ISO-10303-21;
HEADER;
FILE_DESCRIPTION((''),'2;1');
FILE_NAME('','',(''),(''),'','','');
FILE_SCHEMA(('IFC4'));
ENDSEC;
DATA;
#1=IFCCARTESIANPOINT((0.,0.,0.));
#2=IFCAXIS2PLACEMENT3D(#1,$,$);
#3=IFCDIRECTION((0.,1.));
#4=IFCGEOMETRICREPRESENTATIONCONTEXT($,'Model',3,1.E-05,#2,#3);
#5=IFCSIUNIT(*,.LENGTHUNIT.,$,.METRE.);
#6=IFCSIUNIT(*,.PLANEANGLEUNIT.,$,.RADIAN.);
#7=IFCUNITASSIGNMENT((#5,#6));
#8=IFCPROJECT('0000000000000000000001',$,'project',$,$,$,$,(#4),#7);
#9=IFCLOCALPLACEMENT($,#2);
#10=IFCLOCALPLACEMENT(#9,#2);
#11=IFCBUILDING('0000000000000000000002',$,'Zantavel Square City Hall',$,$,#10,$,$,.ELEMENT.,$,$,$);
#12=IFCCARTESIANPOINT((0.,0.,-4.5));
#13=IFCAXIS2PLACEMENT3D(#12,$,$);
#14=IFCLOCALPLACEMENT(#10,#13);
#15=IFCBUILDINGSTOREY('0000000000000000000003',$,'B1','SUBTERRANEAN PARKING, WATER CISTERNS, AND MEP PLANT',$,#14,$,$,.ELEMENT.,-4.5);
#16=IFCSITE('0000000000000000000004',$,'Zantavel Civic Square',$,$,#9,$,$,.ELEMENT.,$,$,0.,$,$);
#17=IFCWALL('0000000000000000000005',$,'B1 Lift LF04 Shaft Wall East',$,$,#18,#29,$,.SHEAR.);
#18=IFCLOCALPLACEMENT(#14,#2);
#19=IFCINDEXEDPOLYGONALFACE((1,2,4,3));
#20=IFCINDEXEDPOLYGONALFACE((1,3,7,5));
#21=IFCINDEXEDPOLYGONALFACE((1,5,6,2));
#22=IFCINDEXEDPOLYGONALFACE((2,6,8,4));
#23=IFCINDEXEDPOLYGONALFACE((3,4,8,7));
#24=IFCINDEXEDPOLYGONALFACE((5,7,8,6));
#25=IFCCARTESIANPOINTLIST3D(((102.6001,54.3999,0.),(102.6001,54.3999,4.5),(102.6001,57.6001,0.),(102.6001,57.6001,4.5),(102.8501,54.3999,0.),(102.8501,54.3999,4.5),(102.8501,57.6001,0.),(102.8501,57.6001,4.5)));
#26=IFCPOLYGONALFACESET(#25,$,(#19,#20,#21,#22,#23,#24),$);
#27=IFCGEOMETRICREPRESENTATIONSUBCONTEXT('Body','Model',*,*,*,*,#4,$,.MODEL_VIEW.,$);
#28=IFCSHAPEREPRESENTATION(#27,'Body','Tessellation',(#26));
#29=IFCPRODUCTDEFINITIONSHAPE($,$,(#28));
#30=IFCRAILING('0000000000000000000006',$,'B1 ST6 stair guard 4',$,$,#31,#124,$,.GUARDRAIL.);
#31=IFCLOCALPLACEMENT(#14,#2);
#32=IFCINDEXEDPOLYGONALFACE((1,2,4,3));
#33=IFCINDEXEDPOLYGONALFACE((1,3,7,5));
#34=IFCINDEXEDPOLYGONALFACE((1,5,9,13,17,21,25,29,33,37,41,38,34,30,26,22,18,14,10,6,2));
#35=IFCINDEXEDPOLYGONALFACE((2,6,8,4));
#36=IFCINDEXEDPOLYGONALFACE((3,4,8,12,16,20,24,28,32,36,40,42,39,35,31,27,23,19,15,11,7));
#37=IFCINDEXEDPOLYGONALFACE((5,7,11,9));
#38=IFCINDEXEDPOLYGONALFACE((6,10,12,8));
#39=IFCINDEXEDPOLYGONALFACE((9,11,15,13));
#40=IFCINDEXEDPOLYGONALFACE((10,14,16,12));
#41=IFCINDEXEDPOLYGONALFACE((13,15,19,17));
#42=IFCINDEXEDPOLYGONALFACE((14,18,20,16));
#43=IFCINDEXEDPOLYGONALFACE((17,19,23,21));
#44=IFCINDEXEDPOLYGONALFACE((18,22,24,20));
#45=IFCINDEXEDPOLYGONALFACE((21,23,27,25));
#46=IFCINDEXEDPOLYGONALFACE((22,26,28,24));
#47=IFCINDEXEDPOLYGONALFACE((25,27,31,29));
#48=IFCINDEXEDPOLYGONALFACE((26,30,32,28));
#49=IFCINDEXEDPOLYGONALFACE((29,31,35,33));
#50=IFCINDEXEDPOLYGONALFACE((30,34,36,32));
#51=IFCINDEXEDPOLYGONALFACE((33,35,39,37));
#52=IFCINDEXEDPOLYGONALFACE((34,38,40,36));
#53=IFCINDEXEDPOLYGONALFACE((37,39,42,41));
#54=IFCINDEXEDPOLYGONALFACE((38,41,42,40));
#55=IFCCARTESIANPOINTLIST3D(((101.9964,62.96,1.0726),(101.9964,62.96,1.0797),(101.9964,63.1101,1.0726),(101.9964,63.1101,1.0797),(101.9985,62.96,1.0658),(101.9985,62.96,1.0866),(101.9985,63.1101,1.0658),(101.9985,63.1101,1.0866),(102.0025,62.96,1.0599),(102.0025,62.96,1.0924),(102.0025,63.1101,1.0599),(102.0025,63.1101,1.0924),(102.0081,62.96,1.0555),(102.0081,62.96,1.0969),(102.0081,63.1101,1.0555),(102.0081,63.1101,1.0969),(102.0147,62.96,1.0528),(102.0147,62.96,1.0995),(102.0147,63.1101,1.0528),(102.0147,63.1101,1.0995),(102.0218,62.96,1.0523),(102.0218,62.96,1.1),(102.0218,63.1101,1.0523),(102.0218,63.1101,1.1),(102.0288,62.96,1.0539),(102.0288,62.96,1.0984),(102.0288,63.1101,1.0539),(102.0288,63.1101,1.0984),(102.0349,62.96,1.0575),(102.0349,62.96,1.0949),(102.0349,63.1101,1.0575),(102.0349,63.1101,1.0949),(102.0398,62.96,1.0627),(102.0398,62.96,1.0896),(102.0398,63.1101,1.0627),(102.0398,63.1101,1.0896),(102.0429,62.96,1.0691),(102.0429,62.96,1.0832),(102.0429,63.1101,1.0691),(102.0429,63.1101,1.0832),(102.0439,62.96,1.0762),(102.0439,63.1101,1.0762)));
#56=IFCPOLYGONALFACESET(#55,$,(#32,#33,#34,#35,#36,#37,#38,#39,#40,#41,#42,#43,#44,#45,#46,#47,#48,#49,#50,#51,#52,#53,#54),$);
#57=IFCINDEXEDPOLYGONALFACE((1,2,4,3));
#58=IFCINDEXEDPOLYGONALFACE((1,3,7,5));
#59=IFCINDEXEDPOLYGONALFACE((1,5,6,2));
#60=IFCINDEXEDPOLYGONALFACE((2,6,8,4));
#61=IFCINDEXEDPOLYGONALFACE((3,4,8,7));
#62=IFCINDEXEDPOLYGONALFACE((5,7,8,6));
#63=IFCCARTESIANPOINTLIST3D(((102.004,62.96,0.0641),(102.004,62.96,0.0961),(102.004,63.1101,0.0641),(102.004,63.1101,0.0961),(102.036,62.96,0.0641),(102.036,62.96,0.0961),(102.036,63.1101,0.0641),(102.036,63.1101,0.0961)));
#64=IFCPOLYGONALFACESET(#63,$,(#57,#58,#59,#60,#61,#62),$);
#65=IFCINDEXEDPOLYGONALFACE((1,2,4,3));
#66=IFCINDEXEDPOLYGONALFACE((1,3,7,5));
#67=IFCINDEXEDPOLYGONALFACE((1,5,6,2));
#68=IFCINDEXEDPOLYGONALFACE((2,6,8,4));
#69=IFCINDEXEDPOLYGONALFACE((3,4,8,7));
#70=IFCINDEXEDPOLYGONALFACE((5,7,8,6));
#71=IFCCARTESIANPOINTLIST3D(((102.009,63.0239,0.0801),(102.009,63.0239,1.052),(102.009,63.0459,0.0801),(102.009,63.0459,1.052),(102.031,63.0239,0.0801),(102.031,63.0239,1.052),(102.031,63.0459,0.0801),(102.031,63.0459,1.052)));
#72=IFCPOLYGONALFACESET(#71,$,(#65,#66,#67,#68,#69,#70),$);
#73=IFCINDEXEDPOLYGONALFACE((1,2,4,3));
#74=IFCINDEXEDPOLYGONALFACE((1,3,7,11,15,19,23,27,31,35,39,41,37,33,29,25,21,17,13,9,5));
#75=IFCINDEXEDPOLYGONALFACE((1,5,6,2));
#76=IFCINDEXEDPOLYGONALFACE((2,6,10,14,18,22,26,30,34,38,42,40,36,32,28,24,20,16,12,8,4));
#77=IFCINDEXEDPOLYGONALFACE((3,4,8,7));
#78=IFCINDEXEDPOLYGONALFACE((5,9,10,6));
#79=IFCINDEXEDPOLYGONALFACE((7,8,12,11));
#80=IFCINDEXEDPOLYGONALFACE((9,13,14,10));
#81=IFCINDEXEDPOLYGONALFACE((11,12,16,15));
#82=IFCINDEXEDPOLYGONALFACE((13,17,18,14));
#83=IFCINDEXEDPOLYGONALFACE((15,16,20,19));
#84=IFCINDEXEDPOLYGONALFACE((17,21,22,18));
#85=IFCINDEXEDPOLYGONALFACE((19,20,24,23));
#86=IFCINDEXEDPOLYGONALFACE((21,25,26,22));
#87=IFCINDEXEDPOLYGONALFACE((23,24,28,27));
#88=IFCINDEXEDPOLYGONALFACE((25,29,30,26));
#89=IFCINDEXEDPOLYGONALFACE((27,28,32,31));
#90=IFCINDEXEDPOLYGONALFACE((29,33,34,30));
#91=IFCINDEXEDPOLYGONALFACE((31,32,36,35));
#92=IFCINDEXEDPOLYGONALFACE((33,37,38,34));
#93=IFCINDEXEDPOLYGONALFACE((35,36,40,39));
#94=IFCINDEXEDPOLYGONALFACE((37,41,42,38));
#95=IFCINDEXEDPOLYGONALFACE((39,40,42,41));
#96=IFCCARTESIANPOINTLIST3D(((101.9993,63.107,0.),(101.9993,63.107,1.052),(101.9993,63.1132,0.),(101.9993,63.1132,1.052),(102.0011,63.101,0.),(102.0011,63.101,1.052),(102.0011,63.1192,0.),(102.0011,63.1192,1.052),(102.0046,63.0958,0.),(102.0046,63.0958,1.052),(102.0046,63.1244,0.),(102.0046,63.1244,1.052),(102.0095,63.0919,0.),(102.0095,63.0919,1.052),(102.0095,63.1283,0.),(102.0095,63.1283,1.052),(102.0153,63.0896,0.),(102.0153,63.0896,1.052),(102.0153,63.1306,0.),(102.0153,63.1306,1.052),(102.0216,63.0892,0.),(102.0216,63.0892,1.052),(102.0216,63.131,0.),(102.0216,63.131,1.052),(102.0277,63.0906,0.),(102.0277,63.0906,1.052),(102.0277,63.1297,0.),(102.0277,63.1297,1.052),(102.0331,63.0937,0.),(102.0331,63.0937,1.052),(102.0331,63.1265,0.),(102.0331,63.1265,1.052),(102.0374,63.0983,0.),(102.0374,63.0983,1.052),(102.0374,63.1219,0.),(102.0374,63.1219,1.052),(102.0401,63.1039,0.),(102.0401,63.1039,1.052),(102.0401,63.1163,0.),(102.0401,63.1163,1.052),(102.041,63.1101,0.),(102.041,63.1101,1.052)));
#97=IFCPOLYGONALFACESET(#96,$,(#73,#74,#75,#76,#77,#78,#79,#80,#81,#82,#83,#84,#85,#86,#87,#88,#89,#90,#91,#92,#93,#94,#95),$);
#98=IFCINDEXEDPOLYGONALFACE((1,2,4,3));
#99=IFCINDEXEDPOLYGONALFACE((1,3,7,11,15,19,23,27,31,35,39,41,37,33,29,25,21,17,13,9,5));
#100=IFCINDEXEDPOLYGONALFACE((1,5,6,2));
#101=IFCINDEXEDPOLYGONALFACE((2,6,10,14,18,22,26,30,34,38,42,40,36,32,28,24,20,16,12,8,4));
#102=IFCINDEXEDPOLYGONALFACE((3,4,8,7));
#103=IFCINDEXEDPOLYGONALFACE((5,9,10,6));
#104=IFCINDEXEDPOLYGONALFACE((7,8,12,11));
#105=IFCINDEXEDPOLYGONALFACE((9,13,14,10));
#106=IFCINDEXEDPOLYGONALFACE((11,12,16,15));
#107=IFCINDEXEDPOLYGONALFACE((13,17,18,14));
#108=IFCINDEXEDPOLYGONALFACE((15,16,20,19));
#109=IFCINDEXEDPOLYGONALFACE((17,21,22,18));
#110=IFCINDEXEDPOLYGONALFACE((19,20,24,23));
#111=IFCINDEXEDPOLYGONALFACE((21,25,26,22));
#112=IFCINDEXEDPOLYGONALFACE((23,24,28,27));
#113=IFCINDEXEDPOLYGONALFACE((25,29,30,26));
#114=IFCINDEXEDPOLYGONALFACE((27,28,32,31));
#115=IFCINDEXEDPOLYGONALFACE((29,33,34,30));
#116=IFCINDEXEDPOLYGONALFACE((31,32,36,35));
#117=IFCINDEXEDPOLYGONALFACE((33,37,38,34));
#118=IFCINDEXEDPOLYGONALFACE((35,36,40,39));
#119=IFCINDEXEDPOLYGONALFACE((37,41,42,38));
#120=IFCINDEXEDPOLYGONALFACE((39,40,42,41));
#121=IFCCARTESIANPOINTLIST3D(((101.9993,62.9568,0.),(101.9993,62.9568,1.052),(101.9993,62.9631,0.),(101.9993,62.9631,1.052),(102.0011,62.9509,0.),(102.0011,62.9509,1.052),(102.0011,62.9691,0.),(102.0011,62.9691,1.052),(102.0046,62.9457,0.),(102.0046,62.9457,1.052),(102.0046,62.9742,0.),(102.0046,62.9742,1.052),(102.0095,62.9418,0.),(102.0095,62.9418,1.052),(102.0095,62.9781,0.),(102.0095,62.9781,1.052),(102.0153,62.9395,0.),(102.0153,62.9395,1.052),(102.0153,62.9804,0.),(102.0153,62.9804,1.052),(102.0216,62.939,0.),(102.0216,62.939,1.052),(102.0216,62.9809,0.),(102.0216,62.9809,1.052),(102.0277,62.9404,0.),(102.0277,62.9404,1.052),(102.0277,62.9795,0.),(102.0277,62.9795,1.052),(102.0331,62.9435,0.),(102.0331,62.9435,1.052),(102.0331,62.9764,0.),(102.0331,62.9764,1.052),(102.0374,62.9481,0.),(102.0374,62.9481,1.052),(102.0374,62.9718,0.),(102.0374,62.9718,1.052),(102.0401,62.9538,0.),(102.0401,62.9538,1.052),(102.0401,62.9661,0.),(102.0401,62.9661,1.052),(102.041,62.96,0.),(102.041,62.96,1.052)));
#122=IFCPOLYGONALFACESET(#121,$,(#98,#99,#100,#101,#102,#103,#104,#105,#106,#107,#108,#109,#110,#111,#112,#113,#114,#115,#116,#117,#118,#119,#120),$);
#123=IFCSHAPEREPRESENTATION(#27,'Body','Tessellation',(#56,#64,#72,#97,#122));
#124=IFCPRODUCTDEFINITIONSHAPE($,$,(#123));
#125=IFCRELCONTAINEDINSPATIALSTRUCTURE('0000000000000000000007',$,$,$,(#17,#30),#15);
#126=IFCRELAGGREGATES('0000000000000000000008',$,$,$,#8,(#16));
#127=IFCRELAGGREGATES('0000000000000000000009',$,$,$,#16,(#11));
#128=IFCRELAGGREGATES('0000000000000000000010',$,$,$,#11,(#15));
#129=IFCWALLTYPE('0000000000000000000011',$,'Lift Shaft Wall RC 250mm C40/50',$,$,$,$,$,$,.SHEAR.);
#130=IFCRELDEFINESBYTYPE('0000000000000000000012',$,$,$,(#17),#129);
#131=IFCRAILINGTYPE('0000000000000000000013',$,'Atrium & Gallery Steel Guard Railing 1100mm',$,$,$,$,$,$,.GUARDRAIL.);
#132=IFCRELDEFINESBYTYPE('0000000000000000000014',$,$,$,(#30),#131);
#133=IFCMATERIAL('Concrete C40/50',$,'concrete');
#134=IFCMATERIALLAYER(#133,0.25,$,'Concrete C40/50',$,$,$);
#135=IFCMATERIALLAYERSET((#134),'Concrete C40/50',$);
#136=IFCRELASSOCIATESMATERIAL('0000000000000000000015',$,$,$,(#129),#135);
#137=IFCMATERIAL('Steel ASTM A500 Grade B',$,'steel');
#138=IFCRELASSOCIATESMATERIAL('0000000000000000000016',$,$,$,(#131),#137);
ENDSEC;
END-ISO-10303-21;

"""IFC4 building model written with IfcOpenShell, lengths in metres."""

from ifc_helpers import new_model, si_unit, direction, frame, frame_2d, origin, origin_2d, place, context, subcontext, project, spatial, rectangle, circle, extrude, material, layer, layer_set, type_object, element, save


model = new_model("IFC4")

# Units and contexts
model_context = context("Model", 3, precision=1e-05, world=origin(), true_north=direction((0.0, 1.0)))
body_context = subcontext(model_context, "Body", "Model", "MODEL_VIEW")
ifc_project = project(units=[si_unit("LENGTHUNIT", "METRE"), si_unit("PLANEANGLEUNIT", "RADIAN")], contexts=[model_context])

# Site, building, storey
site_placement = place(None, origin())
site = spatial("IfcSite", under=ifc_project, at=site_placement, Name="Zantavel Civic Square", CompositionType="ELEMENT", RefElevation=0.0)
building_placement = place(site_placement, origin())
building = spatial("IfcBuilding", under=site, at=building_placement, Name="Zantavel Square City Hall", CompositionType="ELEMENT")
storey_placement = place(building_placement, frame((0.0, 0.0, -4.5)))
storey = spatial("IfcBuildingStorey", under=building, at=storey_placement, Name="B1", Description="SUBTERRANEAN PARKING, WATER CISTERNS, AND MEP PLANT", CompositionType="ELEMENT", Elevation=-4.5)

# Shared definitions
ifc_material_1 = material(Name="Concrete C40/50", Category="concrete")

# Shared definitions
ifc_material_2 = material(Name="Steel ASTM A500 Grade B", Category="steel")

# Wall
ifc_layer_1 = layer(ifc_material_1, 0.25, Name="Concrete C40/50")
ifc_layer_set_1 = layer_set([ifc_layer_1], Name="Concrete C40/50")
wall_type_1 = type_object("IfcWallType", Name="Lift Shaft Wall RC 250mm C40/50", PredefinedType="SHEAR", material=ifc_layer_set_1)
wall_1_placement = place(storey_placement, frame((102.7251, 57.6001, 0.0), z_axis=(0.0, 0.0, 1.0), x_axis=(0.0, -1.0, 0.0)))
element("IfcWall", 1, at=wall_1_placement, inside=storey, type_object=wall_type_1, Name="B1 Lift LF04 Shaft Wall East", PredefinedType="SHEAR", context=body_context, shape_type="SweptSolid", body=[
    extrude(rectangle(XDim=3.2002, YDim=0.25, at=frame_2d((1.6001, 0.0))), origin(), (0.0, 0.0, 1.0), 4.5),
])

# Railing
railing_type = type_object("IfcRailingType", Name="Atrium & Gallery Steel Guard Railing 1100mm", PredefinedType="GUARDRAIL", material=ifc_material_2)
railing_1_placement = place(storey_placement, frame((102.02, 63.1101, 0.0)))
element("IfcRailing", 2, at=railing_1_placement, inside=storey, type_object=railing_type, Name="B1 ST6 stair guard 4", PredefinedType="GUARDRAIL", context=body_context, shape_type="SweptSolid", body=[
    extrude(circle(Radius=0.0239, at=origin_2d()), frame((0.0, 0.0, 1.0762), z_axis=(0.0, -1.0, 0.0), x_axis=(1.0, 0.0, 0.0)), (0.0, 0.0, 1.0), 0.1501),
    extrude(rectangle(XDim=0.032, YDim=0.032, at=origin_2d()), frame((0.0, 0.0, 0.0801), z_axis=(0.0, -1.0, 0.0), x_axis=(1.0, 0.0, 0.0)), (0.0, 0.0, 1.0), 0.1501),
    extrude(rectangle(XDim=0.022, YDim=0.022, at=origin_2d()), frame((0.0, -0.0752, 0.0801)), (0.0, 0.0, 1.0), 0.9719),
    extrude(circle(Radius=0.021, at=origin_2d()), origin(), (0.0, 0.0, 1.0), 1.052),
    extrude(circle(Radius=0.021, at=origin_2d()), frame((0.0, -0.1501, 0.0)), (0.0, 0.0, 1.0), 1.052),
])

save(model, "model.ifc")
